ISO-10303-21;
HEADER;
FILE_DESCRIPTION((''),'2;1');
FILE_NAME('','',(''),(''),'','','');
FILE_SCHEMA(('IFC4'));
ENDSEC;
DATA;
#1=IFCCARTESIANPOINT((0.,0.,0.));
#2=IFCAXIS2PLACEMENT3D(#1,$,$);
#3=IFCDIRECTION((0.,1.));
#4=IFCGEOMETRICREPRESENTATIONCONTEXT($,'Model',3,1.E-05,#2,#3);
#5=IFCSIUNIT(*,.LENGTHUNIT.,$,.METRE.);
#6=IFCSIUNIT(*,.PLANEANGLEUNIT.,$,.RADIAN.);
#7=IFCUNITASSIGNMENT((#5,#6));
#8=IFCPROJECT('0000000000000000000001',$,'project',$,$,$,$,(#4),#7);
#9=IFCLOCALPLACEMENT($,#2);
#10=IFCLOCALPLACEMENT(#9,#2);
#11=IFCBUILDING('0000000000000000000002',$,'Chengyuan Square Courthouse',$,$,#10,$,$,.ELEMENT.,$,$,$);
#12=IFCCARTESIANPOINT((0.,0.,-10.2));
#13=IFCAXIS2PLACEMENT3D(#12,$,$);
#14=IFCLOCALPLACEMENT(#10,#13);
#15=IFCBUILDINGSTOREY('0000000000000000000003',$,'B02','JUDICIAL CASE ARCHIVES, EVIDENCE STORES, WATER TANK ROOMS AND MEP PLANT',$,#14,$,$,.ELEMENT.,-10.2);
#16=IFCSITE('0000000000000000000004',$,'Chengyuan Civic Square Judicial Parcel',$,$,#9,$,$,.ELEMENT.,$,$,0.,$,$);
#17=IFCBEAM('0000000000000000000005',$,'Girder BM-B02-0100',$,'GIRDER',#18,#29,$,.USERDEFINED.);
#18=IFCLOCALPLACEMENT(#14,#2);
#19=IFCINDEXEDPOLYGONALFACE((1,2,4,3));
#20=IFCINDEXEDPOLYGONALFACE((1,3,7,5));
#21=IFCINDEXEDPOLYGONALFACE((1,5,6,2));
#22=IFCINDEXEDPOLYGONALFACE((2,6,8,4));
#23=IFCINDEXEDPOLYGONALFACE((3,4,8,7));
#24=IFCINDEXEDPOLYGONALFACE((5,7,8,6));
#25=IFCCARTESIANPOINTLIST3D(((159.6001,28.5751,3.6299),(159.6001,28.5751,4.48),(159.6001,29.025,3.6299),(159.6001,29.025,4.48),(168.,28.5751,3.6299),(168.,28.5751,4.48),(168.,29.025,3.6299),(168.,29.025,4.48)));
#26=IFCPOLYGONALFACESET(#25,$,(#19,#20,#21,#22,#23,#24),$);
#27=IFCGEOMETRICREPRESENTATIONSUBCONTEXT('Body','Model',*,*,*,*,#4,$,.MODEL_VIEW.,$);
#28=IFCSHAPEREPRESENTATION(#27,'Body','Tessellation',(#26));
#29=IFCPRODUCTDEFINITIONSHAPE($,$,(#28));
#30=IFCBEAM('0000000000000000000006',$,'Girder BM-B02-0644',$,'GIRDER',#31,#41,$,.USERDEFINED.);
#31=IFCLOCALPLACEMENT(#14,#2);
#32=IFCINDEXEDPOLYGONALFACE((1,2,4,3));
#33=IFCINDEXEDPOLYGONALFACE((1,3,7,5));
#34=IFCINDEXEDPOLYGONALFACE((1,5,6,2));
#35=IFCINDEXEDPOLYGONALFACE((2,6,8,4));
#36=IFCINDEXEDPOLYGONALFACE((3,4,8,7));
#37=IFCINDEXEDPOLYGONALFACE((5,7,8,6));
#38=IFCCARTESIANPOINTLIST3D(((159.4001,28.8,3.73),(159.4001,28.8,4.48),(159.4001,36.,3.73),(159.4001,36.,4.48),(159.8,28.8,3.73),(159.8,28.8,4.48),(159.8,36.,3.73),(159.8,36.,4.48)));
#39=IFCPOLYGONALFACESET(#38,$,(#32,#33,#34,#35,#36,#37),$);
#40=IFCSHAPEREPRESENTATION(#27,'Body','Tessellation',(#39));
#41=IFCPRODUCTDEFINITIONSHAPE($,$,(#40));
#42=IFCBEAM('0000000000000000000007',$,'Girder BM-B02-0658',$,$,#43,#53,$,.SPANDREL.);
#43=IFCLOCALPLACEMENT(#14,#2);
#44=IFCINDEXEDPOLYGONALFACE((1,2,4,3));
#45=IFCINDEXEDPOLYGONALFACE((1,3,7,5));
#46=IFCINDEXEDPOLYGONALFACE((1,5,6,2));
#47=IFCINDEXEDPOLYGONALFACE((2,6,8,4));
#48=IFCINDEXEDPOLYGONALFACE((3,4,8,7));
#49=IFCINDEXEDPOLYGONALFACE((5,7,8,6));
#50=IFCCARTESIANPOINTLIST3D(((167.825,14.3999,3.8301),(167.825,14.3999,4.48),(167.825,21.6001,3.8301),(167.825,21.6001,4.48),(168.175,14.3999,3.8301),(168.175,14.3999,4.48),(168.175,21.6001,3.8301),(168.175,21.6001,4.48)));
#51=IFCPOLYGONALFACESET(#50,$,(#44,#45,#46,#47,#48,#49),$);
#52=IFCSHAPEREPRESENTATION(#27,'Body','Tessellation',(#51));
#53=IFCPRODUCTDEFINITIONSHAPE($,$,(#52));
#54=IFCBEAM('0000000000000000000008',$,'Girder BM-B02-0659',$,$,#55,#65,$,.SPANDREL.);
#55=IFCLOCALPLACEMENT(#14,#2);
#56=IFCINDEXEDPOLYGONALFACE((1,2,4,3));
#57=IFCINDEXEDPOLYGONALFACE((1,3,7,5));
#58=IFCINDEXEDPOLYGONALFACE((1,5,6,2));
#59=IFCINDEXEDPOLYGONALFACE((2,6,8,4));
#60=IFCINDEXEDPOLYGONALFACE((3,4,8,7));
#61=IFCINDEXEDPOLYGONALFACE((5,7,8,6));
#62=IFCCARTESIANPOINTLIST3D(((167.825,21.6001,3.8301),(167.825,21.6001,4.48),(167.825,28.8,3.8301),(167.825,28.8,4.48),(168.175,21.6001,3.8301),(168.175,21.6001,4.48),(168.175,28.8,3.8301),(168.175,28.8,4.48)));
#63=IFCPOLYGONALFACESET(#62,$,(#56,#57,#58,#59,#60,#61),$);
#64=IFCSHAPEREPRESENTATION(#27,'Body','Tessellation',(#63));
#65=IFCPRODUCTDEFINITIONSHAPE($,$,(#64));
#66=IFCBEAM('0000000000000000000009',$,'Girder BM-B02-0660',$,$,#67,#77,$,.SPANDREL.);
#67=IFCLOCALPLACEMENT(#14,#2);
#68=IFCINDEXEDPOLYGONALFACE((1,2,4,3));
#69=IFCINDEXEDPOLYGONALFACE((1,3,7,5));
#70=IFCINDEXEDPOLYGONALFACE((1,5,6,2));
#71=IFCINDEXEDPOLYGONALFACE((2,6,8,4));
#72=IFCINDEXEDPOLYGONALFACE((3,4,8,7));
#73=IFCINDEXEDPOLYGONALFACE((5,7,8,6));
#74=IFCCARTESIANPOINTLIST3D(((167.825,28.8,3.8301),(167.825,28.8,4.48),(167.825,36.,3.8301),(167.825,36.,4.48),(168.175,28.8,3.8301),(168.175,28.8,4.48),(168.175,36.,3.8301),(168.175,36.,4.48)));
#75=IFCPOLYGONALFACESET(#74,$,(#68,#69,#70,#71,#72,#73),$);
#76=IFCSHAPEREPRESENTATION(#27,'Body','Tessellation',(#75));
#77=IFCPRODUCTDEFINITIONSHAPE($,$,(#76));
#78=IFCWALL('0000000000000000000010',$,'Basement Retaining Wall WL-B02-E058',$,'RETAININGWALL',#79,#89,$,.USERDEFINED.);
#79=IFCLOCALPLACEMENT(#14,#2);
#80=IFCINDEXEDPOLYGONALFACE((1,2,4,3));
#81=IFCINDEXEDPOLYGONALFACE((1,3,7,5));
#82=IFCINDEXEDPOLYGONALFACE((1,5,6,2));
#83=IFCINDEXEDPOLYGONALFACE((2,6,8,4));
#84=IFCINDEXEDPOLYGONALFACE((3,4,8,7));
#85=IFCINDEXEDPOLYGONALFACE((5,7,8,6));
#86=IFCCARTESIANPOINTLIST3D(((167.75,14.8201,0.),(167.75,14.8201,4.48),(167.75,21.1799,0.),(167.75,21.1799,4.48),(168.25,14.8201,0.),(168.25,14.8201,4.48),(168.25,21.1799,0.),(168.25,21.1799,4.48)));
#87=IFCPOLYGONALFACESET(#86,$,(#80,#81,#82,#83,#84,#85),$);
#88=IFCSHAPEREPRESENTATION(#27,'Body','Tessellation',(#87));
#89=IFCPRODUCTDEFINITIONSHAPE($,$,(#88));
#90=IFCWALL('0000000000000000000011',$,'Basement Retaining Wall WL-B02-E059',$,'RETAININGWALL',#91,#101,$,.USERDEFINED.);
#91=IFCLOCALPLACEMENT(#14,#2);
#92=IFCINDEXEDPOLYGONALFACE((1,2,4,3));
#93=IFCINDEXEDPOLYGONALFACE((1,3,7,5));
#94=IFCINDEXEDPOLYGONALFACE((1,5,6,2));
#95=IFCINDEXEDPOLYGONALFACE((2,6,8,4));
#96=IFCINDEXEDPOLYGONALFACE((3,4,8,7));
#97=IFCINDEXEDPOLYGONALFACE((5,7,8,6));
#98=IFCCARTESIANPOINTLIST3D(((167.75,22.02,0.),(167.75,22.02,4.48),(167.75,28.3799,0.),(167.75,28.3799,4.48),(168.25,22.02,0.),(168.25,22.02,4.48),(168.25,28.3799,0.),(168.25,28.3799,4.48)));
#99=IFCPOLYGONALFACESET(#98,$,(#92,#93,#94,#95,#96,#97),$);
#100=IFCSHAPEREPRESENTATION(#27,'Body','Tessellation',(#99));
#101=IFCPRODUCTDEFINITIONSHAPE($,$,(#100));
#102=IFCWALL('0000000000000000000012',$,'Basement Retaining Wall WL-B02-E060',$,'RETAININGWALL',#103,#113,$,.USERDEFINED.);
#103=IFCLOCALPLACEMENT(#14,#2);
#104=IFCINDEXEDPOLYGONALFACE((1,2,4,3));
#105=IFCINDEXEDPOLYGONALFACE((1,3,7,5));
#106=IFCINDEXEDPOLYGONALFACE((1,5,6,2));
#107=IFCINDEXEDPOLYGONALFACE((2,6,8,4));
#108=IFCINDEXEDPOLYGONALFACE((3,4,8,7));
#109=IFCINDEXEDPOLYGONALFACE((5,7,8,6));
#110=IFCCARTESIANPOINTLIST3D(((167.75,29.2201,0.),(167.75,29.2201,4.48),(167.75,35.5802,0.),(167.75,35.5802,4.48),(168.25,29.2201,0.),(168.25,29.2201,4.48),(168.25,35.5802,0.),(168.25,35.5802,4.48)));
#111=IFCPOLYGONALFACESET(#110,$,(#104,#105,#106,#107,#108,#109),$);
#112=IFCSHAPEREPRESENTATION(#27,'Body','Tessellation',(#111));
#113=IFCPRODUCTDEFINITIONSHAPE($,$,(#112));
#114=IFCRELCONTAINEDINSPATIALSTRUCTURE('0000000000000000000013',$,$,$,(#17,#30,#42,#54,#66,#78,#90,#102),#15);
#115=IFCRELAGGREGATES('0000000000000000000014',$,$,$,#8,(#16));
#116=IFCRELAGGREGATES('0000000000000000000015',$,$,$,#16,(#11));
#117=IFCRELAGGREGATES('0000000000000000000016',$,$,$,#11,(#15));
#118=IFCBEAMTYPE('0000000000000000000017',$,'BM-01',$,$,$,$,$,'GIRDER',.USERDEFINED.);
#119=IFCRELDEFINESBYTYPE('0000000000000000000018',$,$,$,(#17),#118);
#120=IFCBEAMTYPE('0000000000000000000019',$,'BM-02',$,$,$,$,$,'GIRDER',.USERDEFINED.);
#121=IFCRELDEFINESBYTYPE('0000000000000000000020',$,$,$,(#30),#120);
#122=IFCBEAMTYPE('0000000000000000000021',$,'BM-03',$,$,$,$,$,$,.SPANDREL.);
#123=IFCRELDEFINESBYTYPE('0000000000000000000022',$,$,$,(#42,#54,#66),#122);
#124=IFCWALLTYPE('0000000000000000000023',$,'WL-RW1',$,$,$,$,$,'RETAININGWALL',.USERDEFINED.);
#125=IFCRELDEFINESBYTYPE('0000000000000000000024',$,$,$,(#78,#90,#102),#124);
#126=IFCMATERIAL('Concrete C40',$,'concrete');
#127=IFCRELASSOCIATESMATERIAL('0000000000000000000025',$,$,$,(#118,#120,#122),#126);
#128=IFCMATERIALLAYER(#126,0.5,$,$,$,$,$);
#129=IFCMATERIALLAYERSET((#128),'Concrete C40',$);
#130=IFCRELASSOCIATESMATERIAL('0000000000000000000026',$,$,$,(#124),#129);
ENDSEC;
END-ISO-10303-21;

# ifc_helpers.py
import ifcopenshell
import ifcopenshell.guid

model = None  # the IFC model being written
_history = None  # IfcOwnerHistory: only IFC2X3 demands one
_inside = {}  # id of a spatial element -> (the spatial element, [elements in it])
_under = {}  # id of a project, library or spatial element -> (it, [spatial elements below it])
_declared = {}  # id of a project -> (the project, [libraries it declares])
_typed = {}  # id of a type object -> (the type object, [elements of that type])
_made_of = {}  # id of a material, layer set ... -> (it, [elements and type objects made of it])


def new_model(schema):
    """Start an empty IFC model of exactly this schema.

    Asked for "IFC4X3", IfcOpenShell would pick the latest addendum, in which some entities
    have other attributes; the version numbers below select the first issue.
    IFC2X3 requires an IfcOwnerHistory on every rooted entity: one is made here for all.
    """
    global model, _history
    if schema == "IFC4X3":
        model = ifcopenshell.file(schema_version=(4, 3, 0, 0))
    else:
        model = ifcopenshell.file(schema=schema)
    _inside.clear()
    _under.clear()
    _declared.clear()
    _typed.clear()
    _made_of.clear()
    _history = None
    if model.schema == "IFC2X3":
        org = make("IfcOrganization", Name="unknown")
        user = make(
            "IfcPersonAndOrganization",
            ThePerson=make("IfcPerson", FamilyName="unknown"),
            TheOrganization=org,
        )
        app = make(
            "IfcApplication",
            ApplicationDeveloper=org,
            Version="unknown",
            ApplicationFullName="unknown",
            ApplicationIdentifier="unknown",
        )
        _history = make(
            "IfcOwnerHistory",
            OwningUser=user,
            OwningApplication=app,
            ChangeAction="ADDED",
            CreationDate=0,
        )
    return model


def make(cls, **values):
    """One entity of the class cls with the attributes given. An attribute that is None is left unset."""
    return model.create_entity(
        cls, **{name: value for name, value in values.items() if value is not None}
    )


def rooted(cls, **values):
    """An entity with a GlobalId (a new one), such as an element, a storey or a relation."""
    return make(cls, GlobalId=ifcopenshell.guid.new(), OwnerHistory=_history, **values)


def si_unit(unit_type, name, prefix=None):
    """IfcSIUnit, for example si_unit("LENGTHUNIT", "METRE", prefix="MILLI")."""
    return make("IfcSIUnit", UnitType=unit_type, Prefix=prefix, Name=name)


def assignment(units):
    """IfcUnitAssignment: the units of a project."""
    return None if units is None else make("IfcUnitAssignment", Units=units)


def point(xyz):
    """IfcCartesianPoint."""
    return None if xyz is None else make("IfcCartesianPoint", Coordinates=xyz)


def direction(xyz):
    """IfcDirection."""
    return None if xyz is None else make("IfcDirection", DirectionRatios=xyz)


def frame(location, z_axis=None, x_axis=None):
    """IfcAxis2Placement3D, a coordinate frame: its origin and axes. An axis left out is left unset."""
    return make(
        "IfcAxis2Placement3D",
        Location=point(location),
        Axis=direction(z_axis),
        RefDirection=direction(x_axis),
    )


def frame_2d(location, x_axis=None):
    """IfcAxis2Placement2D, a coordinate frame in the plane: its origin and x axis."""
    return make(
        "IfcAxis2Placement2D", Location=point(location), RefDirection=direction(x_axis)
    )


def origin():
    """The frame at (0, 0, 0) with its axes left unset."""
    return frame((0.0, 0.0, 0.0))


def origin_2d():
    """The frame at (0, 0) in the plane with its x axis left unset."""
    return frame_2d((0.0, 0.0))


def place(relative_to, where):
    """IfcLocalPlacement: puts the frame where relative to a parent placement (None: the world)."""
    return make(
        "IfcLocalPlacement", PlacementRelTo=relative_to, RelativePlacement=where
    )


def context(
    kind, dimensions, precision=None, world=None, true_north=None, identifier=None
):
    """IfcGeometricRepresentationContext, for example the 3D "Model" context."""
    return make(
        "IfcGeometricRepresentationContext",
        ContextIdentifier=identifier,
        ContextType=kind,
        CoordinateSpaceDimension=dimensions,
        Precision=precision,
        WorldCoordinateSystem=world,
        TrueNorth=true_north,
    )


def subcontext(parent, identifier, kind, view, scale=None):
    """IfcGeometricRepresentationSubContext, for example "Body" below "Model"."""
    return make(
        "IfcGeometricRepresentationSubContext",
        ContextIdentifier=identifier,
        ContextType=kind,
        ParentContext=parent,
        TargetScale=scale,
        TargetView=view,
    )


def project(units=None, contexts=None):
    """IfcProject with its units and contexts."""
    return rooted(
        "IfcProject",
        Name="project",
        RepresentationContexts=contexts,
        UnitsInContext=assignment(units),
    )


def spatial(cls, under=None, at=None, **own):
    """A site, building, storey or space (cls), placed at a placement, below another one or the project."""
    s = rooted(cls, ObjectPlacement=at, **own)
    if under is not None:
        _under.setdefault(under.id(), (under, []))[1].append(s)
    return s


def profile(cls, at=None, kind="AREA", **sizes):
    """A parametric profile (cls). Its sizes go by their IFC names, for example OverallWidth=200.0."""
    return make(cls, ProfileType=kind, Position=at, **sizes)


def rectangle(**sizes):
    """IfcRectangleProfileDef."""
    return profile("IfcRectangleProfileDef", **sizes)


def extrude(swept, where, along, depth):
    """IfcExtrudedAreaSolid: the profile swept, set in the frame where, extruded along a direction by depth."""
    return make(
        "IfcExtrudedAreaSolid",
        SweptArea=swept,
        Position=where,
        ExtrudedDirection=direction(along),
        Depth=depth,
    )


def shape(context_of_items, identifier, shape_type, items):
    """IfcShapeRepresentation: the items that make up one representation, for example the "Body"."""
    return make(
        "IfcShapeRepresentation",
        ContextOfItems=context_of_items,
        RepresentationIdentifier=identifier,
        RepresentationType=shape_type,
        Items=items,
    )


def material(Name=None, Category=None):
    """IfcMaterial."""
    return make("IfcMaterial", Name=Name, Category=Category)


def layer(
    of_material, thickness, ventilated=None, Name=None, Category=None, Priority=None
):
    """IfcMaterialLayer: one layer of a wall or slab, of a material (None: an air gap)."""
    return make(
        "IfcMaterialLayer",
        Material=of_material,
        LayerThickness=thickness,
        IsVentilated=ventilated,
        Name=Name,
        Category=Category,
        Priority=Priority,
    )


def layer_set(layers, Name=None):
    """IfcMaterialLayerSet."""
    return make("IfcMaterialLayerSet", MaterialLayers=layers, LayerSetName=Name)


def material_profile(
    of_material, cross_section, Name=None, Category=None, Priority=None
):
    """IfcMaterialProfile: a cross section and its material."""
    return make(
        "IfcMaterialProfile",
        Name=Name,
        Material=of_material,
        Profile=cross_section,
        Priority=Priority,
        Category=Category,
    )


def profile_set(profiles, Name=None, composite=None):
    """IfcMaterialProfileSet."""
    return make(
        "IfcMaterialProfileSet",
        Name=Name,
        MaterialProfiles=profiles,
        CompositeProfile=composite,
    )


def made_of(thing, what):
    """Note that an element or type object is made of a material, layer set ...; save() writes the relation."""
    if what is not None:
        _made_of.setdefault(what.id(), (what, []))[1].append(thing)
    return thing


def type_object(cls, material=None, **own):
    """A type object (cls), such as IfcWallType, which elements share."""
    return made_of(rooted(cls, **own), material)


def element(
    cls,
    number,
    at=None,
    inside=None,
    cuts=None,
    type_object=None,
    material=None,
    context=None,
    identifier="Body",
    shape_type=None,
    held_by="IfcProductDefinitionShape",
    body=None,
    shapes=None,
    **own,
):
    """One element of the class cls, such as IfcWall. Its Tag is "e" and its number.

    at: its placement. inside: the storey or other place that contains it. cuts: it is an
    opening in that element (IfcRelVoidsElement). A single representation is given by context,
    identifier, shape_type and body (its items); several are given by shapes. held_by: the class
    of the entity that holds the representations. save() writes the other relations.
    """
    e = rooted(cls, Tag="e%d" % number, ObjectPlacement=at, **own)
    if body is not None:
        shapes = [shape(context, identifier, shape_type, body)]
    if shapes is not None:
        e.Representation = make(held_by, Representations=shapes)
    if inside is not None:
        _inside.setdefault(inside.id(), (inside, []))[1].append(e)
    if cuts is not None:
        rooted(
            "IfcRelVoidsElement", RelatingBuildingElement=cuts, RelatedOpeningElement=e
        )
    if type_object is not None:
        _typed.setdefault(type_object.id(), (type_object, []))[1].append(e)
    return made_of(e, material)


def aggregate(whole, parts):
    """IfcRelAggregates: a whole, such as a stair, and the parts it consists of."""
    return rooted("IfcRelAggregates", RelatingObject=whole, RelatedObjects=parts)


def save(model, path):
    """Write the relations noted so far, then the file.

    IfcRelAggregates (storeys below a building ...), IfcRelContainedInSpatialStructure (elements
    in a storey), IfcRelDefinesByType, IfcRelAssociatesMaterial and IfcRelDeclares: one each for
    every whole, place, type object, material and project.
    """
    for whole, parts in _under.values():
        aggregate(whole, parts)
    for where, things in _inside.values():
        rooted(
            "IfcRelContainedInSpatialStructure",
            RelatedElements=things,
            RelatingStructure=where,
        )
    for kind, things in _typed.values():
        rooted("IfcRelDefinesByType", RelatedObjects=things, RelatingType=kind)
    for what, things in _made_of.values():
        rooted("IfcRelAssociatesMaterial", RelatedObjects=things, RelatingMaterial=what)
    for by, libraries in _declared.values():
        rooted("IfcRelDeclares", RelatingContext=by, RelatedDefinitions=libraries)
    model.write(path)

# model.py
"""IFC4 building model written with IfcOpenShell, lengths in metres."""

from ifc_helpers import new_model, si_unit, direction, frame, frame_2d, origin, origin_2d, place, context, subcontext, project, spatial, rectangle, extrude, material, layer, layer_set, material_profile, profile_set, type_object, element, save


model = new_model("IFC4")

# Units and contexts
model_context = context("Model", 3, precision=1e-05, world=origin(), true_north=direction((0.0, 1.0)))
body_context = subcontext(model_context, "Body", "Model", "MODEL_VIEW")
ifc_project = project(units=[si_unit("LENGTHUNIT", "METRE"), si_unit("PLANEANGLEUNIT", "RADIAN")], contexts=[model_context])

# Site, building, storey
site_placement = place(None, origin())
site = spatial("IfcSite", under=ifc_project, at=site_placement, Name="Chengyuan Civic Square Judicial Parcel", CompositionType="ELEMENT", RefElevation=0.0)
building_placement = place(site_placement, origin())
building = spatial("IfcBuilding", under=site, at=building_placement, Name="Chengyuan Square Courthouse", CompositionType="ELEMENT")
storey_placement = place(building_placement, frame((0.0, 0.0, -10.2)))
storey = spatial("IfcBuildingStorey", under=building, at=storey_placement, Name="B02", Description="JUDICIAL CASE ARCHIVES, EVIDENCE STORES, WATER TANK ROOMS AND MEP PLANT", CompositionType="ELEMENT", Elevation=-10.2)

# Shared definitions
ifc_material_1 = material(Name="Concrete C40", Category="concrete")

# Beams
ifc_material_profile_1 = material_profile(ifc_material_1, rectangle(XDim=0.45, YDim=0.8501, at=origin_2d()), Name="RC-BM-450x850")
ifc_profile_set_1 = profile_set([ifc_material_profile_1], Name="Concrete C40")
beam_type_1 = type_object("IfcBeamType", Name="BM-01", ElementType="GIRDER", PredefinedType="USERDEFINED", material=ifc_profile_set_1)
beam_1_placement = place(storey_placement, frame((159.6001, 28.8, 4.0549), z_axis=(1.0, 0.0, 0.0), x_axis=(0.0, 1.0, 0.0)))
element("IfcBeam", 1, at=beam_1_placement, inside=storey, type_object=beam_type_1, Name="Girder BM-B02-0100", ObjectType="GIRDER", PredefinedType="USERDEFINED", context=body_context, shape_type="SweptSolid", body=[
    extrude(rectangle(XDim=0.45, YDim=0.8501, at=origin_2d()), origin(), (0.0, 0.0, 1.0), 8.3999),
])
ifc_material_profile_2 = material_profile(ifc_material_1, rectangle(XDim=0.3999, YDim=0.75, at=origin_2d()), Name="RC-BM-400x750")
ifc_profile_set_2 = profile_set([ifc_material_profile_2], Name="Concrete C40")
beam_type_2 = type_object("IfcBeamType", Name="BM-02", ElementType="GIRDER", PredefinedType="USERDEFINED", material=ifc_profile_set_2)
beam_2_placement = place(storey_placement, frame((159.6001, 28.8, 4.105), z_axis=(0.0, 1.0, 0.0), x_axis=(-1.0, 0.0, 0.0)))
element("IfcBeam", 2, at=beam_2_placement, inside=storey, type_object=beam_type_2, Name="Girder BM-B02-0644", ObjectType="GIRDER", PredefinedType="USERDEFINED", context=body_context, shape_type="SweptSolid", body=[
    extrude(rectangle(XDim=0.3999, YDim=0.75, at=origin_2d()), origin(), (0.0, 0.0, 1.0), 7.2),
])
ifc_material_profile_3 = material_profile(ifc_material_1, rectangle(XDim=0.3501, YDim=0.6499, at=origin_2d()), Name="RC-BM-350x650")
ifc_profile_set_3 = profile_set([ifc_material_profile_3], Name="Concrete C40")
beam_type_3 = type_object("IfcBeamType", Name="BM-03", PredefinedType="SPANDREL", material=ifc_profile_set_3)
beam_3_placement = place(storey_placement, frame((168.0, 14.3999, 4.155), z_axis=(0.0, 1.0, 0.0), x_axis=(-1.0, 0.0, 0.0)))
element("IfcBeam", 3, at=beam_3_placement, inside=storey, type_object=beam_type_3, Name="Girder BM-B02-0658", PredefinedType="SPANDREL", context=body_context, shape_type="SweptSolid", body=[
    extrude(rectangle(XDim=0.3501, YDim=0.6499, at=origin_2d()), origin(), (0.0, 0.0, 1.0), 7.2002),
])
for number, where, z_axis, x_axis, name in (
    (4, (168.0, 21.6001, 4.155), (0.0, 1.0, 0.0), (-1.0, 0.0, 0.0), "Girder BM-B02-0659"),
    (5, (168.0, 28.8, 4.155), (0.0, 1.0, 0.0), (-1.0, 0.0, 0.0), "Girder BM-B02-0660"),
):
    element("IfcBeam", number, at=place(storey_placement, frame(where, z_axis=z_axis, x_axis=x_axis)), inside=storey, type_object=beam_type_3, Name=name, PredefinedType="SPANDREL", context=body_context, shape_type="SweptSolid", body=[
        extrude(rectangle(XDim=0.3501, YDim=0.6499, at=origin_2d()), origin(), (0.0, 0.0, 1.0), 7.2),
    ])

# Walls
ifc_layer = layer(ifc_material_1, 0.5)
ifc_layer_set = layer_set([ifc_layer], Name="Concrete C40")
wall_type = type_object("IfcWallType", Name="WL-RW1", ElementType="RETAININGWALL", PredefinedType="USERDEFINED", material=ifc_layer_set)
for number, where, z_axis, x_axis, name in (
    (6, (168.0, 14.8201, 0.0), (0.0, 0.0, 1.0), (0.0, 1.0, 0.0), "Basement Retaining Wall WL-B02-E058"),
    (7, (168.0, 22.02, 0.0), (0.0, 0.0, 1.0), (0.0, 1.0, 0.0), "Basement Retaining Wall WL-B02-E059"),
):
    element("IfcWall", number, at=place(storey_placement, frame(where, z_axis=z_axis, x_axis=x_axis)), inside=storey, type_object=wall_type, Name=name, ObjectType="RETAININGWALL", PredefinedType="USERDEFINED", context=body_context, shape_type="SweptSolid", body=[
        extrude(rectangle(XDim=6.3599, YDim=0.5, at=frame_2d((3.1799, 0.0))), origin(), (0.0, 0.0, 1.0), 4.48),
    ])
wall_placement = place(storey_placement, frame((168.0, 29.22, 0.0), z_axis=(0.0, 0.0, 1.0), x_axis=(0.0, 1.0, 0.0)))
element("IfcWall", 8, at=wall_placement, inside=storey, type_object=wall_type, Name="Basement Retaining Wall WL-B02-E060", ObjectType="RETAININGWALL", PredefinedType="USERDEFINED", context=body_context, shape_type="SweptSolid", body=[
    extrude(rectangle(XDim=6.3601, YDim=0.5, at=frame_2d((3.1802, 0.0))), origin(), (0.0, 0.0, 1.0), 4.48),
])

save(model, "model.ifc")
